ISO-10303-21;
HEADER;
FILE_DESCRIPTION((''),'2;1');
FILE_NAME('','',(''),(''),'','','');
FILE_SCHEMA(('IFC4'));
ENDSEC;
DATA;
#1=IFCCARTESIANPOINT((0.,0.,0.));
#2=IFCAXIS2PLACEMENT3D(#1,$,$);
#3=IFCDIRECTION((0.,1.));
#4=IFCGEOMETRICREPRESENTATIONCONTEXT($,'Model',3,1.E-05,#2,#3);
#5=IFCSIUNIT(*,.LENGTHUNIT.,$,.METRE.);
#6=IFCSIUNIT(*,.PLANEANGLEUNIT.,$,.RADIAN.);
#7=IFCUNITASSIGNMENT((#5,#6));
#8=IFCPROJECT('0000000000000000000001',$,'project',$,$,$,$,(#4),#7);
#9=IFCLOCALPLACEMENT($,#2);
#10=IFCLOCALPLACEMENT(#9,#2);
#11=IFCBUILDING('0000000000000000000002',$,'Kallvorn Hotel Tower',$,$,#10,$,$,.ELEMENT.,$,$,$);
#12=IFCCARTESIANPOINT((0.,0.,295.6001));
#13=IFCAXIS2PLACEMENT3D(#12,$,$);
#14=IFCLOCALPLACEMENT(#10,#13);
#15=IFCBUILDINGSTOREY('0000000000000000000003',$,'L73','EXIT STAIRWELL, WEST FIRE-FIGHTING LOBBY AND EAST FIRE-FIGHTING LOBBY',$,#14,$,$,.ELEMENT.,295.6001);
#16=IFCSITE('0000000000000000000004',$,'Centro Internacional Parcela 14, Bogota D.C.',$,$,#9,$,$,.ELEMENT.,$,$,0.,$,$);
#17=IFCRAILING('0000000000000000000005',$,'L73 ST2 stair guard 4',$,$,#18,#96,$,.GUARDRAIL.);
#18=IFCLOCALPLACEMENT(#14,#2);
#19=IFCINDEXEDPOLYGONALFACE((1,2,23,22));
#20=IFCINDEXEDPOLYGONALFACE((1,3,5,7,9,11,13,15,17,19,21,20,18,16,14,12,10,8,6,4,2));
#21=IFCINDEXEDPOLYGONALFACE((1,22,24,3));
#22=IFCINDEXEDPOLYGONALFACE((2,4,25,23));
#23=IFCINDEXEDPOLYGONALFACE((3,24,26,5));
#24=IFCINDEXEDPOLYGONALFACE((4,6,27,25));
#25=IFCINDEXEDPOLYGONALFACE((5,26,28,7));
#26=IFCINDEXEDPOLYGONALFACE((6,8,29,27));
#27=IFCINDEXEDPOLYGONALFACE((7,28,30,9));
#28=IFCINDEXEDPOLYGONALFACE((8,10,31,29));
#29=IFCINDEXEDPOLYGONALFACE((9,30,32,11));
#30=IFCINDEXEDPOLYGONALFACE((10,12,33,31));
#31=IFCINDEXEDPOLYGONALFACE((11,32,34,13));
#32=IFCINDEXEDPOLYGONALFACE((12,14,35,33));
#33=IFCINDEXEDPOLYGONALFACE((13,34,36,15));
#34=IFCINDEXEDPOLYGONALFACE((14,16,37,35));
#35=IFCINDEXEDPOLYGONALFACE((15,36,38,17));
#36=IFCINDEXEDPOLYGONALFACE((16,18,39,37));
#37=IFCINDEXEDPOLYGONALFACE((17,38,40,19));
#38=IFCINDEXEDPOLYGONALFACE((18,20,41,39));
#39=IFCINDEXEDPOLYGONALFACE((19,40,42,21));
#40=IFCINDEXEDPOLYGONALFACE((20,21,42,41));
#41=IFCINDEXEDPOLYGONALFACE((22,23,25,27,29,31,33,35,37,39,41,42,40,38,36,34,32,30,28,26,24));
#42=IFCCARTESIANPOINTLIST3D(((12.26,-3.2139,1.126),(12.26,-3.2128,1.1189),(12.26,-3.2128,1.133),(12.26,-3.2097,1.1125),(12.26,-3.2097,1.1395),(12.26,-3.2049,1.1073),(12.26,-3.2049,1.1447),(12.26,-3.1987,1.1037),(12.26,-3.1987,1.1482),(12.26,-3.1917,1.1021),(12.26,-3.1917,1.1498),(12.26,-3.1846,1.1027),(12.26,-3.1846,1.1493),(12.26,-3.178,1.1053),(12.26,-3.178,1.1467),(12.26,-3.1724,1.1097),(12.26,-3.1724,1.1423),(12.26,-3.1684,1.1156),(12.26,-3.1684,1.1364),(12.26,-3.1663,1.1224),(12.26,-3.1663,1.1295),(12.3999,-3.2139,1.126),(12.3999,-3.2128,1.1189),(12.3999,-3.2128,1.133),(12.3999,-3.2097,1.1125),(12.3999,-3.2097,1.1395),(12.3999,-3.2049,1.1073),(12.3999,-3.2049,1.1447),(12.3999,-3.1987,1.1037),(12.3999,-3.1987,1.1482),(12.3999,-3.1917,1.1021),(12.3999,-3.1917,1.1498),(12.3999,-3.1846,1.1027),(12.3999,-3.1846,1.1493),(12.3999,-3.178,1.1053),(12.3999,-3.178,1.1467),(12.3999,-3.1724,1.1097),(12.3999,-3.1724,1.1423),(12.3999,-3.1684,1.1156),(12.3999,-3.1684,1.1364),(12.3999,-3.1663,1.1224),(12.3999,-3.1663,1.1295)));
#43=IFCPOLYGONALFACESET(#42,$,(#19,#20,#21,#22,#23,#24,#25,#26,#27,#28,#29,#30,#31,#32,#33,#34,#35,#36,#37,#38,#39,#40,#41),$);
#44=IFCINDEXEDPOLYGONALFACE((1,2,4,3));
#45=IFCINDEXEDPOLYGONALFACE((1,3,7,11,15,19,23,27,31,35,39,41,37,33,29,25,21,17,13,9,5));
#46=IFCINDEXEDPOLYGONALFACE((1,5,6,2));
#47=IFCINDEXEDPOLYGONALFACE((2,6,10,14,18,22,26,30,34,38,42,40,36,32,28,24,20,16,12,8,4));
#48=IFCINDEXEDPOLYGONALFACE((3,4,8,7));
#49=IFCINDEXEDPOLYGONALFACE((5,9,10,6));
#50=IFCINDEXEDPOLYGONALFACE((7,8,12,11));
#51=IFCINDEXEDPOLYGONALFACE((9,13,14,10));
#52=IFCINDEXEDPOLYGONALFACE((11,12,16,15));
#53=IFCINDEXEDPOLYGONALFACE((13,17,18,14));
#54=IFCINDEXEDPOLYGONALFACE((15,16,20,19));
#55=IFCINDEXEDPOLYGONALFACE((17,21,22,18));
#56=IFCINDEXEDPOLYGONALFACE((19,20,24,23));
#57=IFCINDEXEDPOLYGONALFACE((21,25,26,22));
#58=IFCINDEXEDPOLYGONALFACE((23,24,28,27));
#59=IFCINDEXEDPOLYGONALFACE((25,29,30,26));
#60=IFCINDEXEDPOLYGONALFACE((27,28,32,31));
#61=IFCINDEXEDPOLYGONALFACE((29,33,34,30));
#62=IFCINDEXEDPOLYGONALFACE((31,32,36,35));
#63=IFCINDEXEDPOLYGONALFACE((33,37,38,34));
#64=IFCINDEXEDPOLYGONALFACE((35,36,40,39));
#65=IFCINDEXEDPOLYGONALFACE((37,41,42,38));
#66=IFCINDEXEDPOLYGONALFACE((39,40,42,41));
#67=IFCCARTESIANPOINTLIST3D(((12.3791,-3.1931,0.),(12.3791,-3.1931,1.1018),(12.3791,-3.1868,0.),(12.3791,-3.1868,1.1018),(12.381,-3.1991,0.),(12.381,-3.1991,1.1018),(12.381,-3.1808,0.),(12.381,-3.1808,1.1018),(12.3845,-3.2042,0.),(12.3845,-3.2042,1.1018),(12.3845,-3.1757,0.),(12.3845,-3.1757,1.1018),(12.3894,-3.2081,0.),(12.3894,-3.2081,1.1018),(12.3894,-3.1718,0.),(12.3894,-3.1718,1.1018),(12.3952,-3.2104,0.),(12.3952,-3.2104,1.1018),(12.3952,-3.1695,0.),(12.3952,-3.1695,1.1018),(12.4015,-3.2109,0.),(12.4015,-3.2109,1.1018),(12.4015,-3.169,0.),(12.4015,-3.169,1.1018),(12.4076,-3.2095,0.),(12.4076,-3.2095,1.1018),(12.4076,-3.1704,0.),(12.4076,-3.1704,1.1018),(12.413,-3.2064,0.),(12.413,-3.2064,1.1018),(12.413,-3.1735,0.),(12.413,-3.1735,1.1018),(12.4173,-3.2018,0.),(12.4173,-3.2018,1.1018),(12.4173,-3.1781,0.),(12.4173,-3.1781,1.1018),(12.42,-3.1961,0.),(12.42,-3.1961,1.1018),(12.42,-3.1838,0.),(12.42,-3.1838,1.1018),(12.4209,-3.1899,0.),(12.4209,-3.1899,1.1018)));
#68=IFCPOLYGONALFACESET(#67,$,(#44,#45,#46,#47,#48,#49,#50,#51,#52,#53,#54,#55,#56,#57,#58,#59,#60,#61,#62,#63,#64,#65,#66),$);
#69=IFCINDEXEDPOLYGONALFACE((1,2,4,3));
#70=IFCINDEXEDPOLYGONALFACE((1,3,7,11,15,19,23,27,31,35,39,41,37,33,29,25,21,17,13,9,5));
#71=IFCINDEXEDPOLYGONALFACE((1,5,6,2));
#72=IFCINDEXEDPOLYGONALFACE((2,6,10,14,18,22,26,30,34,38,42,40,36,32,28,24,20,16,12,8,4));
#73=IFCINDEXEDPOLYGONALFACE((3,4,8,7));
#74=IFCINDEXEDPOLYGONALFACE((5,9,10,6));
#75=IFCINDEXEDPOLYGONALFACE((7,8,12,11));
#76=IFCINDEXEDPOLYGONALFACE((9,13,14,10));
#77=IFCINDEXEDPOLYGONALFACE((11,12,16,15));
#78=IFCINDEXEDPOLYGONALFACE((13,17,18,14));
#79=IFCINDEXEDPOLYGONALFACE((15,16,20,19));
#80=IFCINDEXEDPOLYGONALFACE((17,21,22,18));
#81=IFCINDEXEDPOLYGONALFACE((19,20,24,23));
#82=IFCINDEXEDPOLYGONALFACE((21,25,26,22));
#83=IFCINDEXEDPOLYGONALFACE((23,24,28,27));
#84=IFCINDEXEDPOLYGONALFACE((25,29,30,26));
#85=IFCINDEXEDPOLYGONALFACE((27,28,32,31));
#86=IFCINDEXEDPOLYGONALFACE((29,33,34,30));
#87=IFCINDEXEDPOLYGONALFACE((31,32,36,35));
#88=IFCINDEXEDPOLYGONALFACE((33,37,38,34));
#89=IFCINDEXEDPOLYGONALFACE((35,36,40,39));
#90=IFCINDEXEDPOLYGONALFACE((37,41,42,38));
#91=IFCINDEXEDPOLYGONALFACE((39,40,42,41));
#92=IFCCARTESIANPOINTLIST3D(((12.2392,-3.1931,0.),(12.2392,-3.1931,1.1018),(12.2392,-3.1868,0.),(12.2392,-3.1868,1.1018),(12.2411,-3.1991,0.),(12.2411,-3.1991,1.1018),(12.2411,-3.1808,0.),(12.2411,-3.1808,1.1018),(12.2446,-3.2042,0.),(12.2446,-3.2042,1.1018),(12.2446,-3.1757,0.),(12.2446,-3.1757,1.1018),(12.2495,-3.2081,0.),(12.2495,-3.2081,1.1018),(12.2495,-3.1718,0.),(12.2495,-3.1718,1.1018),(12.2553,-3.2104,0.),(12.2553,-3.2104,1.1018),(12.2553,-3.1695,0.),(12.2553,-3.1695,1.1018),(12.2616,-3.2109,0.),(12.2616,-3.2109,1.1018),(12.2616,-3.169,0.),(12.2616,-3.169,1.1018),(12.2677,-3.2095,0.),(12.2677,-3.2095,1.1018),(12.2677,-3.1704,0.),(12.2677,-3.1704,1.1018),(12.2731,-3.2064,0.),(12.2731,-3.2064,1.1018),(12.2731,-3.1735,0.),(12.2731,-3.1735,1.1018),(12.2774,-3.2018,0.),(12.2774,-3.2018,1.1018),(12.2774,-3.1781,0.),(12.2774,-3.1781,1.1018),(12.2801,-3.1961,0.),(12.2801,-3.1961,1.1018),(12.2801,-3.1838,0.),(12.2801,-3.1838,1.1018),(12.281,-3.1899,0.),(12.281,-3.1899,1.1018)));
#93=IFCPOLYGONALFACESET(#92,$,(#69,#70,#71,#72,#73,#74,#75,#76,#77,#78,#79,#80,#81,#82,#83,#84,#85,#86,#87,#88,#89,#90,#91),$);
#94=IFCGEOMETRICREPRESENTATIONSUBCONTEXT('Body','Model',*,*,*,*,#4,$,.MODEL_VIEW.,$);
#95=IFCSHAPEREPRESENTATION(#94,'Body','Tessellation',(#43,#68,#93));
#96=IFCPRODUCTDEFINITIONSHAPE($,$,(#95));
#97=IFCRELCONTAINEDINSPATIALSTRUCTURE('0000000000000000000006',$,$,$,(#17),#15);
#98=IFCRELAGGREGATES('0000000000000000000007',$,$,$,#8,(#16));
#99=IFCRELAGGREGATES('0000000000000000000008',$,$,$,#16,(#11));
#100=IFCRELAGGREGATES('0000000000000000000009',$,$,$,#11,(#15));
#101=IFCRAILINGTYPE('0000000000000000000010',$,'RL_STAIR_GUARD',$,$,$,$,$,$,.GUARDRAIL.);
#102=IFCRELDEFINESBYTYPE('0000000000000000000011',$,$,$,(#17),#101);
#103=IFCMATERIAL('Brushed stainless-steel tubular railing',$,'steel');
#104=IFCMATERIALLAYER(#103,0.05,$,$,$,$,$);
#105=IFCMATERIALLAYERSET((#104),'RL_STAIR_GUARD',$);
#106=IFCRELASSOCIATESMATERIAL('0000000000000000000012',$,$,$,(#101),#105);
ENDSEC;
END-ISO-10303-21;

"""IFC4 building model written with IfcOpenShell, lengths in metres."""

from ifc_helpers import new_model, si_unit, direction, frame, origin, origin_2d, place, context, subcontext, project, spatial, circle, extrude, material, layer, layer_set, type_object, element, save


model = new_model("IFC4")

# Units and contexts
model_context = context("Model", 3, precision=1e-05, world=origin(), true_north=direction((0.0, 1.0)))
body_context = subcontext(model_context, "Body", "Model", "MODEL_VIEW")
ifc_project = project(units=[si_unit("LENGTHUNIT", "METRE"), si_unit("PLANEANGLEUNIT", "RADIAN")], contexts=[model_context])

# Site, building, storey
site_placement = place(None, origin())
site = spatial("IfcSite", under=ifc_project, at=site_placement, Name="Centro Internacional Parcela 14, Bogota D.C.", CompositionType="ELEMENT", RefElevation=0.0)
building_placement = place(site_placement, origin())
building = spatial("IfcBuilding", under=site, at=building_placement, Name="Kallvorn Hotel Tower", CompositionType="ELEMENT")
storey_placement = place(building_placement, frame((0.0, 0.0, 295.6001)))
storey = spatial("IfcBuildingStorey", under=building, at=storey_placement, Name="L73", Description="EXIT STAIRWELL, WEST FIRE-FIGHTING LOBBY AND EAST FIRE-FIGHTING LOBBY", CompositionType="ELEMENT", Elevation=295.6001)

# Railing
ifc_material_1 = material(Name="Brushed stainless-steel tubular railing", Category="steel")
ifc_layer_1 = layer(ifc_material_1, 0.05)
ifc_layer_set_1 = layer_set([ifc_layer_1], Name="RL_STAIR_GUARD")
railing_type_1 = type_object("IfcRailingType", Name="RL_STAIR_GUARD", PredefinedType="GUARDRAIL", material=ifc_layer_set_1)
railing_1_placement = place(storey_placement, frame((12.3999, -3.1899, 0.0)))
element("IfcRailing", 1, at=railing_1_placement, inside=storey, type_object=railing_type_1, Name="L73 ST2 stair guard 4", PredefinedType="GUARDRAIL", context=body_context, shape_type="SweptSolid", body=[
    extrude(circle(Radius=0.0239, at=origin_2d()), frame((0.0, 0.0, 1.126), z_axis=(-1.0, 0.0, 0.0), x_axis=(0.0, -1.0, 0.0)), (0.0, 0.0, 1.0), 0.1399),
    extrude(circle(Radius=0.021, at=origin_2d()), origin(), (0.0, 0.0, 1.0), 1.1018),
    extrude(circle(Radius=0.021, at=origin_2d()), frame((-0.1399, 0.0, 0.0)), (0.0, 0.0, 1.0), 1.1018),
])

save(model, "model.ifc")
